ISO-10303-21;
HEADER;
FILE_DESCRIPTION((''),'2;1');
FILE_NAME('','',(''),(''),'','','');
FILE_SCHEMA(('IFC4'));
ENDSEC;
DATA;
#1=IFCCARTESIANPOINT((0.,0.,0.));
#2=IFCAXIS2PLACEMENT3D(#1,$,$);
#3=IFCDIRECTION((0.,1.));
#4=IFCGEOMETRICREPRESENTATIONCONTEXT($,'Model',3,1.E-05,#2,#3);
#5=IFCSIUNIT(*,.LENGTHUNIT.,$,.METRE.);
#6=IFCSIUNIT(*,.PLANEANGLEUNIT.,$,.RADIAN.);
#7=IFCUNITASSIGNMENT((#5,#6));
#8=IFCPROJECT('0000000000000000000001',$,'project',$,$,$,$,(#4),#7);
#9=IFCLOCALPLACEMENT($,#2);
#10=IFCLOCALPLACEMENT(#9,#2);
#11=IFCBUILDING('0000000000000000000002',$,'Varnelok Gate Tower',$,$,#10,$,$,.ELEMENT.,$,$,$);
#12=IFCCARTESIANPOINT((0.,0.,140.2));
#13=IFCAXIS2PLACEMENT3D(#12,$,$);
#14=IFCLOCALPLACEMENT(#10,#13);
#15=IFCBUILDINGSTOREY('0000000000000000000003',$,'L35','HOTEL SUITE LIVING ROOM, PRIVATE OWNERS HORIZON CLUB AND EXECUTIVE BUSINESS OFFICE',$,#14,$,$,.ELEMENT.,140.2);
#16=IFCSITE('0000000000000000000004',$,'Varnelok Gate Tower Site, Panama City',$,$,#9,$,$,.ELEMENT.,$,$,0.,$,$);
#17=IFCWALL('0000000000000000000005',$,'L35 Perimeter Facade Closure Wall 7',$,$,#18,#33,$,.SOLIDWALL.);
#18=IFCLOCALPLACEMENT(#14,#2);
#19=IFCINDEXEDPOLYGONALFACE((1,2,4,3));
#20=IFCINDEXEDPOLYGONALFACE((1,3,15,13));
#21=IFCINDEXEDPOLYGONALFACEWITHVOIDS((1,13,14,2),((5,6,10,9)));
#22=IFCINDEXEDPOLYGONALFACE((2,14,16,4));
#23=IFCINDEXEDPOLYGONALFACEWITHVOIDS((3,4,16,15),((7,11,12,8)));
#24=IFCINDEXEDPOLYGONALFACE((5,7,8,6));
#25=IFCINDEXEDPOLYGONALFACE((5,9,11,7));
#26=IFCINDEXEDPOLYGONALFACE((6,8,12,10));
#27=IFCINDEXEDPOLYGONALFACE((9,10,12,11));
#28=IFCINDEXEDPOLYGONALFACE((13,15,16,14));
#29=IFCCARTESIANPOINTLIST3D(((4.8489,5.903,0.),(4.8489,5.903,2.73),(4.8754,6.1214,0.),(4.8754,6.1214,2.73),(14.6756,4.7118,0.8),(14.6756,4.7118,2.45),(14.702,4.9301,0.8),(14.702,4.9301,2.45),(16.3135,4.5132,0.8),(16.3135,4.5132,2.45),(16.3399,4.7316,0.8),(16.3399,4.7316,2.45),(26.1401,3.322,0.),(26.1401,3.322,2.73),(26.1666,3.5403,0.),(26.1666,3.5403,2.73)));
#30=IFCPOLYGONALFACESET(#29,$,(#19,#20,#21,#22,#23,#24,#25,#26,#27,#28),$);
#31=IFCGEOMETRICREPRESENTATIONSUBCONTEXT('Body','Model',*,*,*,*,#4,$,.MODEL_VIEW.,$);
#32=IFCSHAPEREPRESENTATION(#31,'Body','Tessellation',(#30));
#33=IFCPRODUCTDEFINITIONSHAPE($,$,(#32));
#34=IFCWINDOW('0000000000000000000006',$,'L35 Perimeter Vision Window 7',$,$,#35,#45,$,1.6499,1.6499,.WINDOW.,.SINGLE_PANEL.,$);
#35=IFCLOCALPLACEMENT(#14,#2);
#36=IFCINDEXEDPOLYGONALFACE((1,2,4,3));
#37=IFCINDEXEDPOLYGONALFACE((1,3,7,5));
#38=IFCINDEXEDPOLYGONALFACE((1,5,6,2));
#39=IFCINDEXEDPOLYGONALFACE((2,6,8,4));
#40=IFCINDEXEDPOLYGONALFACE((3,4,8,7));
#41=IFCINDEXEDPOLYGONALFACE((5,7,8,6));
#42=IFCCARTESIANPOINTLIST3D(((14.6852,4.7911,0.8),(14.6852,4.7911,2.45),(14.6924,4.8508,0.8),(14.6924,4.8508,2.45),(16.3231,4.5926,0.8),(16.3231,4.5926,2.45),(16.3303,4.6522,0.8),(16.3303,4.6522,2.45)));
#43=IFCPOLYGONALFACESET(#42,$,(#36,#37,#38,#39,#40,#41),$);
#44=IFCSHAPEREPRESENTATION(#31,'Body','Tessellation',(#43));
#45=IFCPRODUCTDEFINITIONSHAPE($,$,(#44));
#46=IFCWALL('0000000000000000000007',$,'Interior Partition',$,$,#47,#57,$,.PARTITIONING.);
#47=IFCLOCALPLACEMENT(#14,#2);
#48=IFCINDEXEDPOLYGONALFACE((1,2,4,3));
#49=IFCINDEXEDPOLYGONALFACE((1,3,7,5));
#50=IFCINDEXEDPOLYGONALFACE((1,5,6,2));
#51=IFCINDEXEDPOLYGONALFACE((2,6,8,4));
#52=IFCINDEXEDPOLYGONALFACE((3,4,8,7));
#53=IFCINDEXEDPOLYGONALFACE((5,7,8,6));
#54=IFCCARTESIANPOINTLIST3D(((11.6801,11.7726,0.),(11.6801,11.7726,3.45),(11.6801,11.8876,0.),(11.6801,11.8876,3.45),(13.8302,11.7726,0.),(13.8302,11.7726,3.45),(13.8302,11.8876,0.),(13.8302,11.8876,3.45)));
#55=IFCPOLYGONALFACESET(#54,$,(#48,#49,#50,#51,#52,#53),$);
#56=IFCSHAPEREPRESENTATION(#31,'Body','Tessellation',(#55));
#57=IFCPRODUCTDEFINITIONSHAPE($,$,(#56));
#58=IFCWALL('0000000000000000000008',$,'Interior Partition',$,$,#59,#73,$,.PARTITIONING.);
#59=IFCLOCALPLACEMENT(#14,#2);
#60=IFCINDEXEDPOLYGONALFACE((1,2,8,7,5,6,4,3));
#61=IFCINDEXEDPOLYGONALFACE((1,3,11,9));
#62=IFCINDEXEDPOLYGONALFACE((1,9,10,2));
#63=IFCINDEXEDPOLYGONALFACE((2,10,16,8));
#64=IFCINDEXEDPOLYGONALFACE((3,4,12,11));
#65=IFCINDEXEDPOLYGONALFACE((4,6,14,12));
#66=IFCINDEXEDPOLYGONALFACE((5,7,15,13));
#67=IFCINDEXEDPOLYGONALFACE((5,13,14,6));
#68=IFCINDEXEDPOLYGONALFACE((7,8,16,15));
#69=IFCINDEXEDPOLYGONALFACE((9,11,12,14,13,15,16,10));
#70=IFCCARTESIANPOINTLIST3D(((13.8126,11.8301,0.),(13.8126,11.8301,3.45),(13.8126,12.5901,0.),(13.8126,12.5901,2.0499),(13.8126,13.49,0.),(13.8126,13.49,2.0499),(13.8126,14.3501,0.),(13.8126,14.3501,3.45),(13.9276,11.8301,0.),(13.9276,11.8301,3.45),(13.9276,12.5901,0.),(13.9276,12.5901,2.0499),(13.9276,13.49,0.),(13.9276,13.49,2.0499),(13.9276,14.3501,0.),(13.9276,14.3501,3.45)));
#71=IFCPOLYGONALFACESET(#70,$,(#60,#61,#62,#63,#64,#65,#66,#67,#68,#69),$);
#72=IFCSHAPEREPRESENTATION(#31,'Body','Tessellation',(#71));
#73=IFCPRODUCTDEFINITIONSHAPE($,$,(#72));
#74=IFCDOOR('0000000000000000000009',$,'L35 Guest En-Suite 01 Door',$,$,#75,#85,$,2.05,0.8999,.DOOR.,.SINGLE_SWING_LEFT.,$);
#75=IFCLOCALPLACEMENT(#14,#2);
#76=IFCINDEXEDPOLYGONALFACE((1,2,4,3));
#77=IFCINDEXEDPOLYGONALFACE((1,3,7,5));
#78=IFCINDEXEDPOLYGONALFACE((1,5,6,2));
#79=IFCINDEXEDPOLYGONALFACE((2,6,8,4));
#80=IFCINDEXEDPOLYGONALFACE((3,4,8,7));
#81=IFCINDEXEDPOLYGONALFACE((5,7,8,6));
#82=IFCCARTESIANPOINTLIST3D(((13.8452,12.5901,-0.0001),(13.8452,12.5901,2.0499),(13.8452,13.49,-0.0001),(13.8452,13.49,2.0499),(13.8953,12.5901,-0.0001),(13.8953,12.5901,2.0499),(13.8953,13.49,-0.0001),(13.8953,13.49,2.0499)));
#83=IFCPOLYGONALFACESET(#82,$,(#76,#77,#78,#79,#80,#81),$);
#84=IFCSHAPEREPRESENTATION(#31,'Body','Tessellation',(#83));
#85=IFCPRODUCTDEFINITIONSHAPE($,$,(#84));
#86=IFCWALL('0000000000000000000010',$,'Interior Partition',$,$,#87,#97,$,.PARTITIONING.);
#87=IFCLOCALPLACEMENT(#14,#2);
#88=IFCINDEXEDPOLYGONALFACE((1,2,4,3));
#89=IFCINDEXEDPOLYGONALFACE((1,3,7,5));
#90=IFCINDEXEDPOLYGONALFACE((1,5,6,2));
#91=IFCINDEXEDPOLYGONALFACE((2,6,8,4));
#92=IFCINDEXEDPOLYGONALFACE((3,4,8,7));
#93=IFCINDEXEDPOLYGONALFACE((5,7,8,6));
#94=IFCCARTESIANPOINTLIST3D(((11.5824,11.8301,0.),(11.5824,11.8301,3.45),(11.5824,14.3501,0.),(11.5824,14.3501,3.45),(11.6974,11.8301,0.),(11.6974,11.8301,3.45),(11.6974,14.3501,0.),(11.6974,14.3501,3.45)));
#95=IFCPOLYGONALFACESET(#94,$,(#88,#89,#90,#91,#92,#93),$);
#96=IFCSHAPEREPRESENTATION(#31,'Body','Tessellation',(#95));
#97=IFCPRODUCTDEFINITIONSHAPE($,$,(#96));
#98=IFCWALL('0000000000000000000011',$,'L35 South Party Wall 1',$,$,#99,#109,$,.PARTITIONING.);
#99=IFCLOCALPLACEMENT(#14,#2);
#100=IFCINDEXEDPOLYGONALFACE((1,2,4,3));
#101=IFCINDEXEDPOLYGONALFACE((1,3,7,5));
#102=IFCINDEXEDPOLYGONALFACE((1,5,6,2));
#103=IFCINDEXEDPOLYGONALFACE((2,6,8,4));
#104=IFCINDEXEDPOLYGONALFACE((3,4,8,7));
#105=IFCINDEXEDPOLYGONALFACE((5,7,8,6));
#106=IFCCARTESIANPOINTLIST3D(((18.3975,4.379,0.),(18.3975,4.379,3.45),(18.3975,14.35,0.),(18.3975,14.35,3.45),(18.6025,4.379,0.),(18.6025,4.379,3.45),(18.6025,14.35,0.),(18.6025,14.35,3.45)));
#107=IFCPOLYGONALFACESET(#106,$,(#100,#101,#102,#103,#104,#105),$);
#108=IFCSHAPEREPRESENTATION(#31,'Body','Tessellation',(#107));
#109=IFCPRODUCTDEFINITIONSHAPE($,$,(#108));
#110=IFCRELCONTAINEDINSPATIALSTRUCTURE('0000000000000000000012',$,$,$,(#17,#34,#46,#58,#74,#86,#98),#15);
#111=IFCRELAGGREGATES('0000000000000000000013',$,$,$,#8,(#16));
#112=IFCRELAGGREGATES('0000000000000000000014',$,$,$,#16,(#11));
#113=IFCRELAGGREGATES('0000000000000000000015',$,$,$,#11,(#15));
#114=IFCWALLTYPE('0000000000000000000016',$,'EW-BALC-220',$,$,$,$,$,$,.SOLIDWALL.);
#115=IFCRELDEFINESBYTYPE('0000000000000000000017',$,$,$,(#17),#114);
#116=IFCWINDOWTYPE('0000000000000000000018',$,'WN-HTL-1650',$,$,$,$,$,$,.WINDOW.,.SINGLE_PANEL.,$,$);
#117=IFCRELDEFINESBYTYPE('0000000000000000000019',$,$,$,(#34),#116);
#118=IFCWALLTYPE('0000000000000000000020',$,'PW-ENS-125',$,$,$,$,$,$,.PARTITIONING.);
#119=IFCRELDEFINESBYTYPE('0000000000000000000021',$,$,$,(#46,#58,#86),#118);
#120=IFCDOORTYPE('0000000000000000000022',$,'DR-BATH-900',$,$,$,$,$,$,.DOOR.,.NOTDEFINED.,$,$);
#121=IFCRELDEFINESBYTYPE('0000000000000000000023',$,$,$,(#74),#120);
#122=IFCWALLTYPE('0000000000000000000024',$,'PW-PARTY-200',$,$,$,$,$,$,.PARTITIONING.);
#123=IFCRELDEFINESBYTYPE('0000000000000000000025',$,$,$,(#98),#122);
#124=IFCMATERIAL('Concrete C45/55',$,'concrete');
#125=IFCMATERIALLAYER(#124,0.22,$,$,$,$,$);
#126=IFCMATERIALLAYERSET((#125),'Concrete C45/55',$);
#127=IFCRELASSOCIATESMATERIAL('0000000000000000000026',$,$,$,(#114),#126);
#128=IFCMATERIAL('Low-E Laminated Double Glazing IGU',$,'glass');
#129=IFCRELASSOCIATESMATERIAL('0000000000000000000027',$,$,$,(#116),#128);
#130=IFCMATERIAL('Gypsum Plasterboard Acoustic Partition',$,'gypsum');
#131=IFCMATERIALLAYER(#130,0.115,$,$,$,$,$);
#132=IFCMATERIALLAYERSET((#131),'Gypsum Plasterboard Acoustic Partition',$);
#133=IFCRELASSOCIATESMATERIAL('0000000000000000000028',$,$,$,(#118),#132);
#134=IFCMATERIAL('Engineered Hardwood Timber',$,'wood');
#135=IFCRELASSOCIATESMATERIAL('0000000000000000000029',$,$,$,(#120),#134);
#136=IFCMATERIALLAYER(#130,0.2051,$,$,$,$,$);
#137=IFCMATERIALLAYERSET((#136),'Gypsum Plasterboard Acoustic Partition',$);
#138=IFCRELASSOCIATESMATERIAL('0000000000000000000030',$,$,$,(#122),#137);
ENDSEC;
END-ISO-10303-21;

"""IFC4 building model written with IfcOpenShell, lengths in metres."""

from ifc_helpers import new_model, si_unit, direction, frame, frame_2d, origin, place, context, subcontext, project, spatial, rectangle, extrude, material, layer, layer_set, type_object, element, fill, save


model = new_model("IFC4")

# Units and contexts
model_context = context("Model", 3, precision=1e-05, world=origin(), true_north=direction((0.0, 1.0)))
body_context = subcontext(model_context, "Body", "Model", "MODEL_VIEW")
ifc_project = project(units=[si_unit("LENGTHUNIT", "METRE"), si_unit("PLANEANGLEUNIT", "RADIAN")], contexts=[model_context])

# Site, building, storey
site_placement = place(None, origin())
site = spatial("IfcSite", under=ifc_project, at=site_placement, Name="Varnelok Gate Tower Site, Panama City", CompositionType="ELEMENT", RefElevation=0.0)
building_placement = place(site_placement, origin())
building = spatial("IfcBuilding", under=site, at=building_placement, Name="Varnelok Gate Tower", CompositionType="ELEMENT")
storey_placement = place(building_placement, frame((0.0, 0.0, 140.2)))
storey = spatial("IfcBuildingStorey", under=building, at=storey_placement, Name="L35", Description="HOTEL SUITE LIVING ROOM, PRIVATE OWNERS HORIZON CLUB AND EXECUTIVE BUSINESS OFFICE", CompositionType="ELEMENT", Elevation=140.2)

# Shared definitions
ifc_material_1 = material(Name="Concrete C45/55", Category="concrete")

# Shared definitions
ifc_layer_1 = layer(ifc_material_1, 0.22)
ifc_layer_set_1 = layer_set([ifc_layer_1], Name="Concrete C45/55")
wall_type_1 = type_object("IfcWallType", Name="EW-BALC-220", PredefinedType="SOLIDWALL", material=ifc_layer_set_1)

# Wall, opening, window
wall_1_placement = place(storey_placement, frame((4.8621, 6.0122, 0.0), z_axis=(0.0, 0.0, 1.0), x_axis=(0.992732, -0.120345, 0.0)))
wall_1 = element("IfcWall", 1, at=wall_1_placement, inside=storey, type_object=wall_type_1, Name="L35 Perimeter Facade Closure Wall 7", PredefinedType="SOLIDWALL", context=body_context, shape_type="SweptSolid", body=[
    extrude(rectangle(XDim=21.447, YDim=0.22, at=frame_2d((10.7236, 0.0))), origin(), (0.0, 0.0, 1.0), 2.73),
])
opening_1_placement = place(wall_1_placement, frame((9.8987, 0.0, 0.8)))
opening_1 = element("IfcOpeningElement", 2, at=opening_1_placement, cuts=wall_1, PredefinedType="OPENING", context=body_context, shape_type="SweptSolid", body=[
    extrude(rectangle(XDim=1.6499, YDim=1.6499, at=frame_2d((0.825, 0.825))), frame((0.0, 0.1199, 0.0), z_axis=(0.0, -1.0, 0.0), x_axis=(1.0, 0.0, 0.0)), (0.0, 0.0, 1.0), 0.24),
])
ifc_material_2 = material(Name="Low-E Laminated Double Glazing IGU", Category="glass")
window_type = type_object("IfcWindowType", Name="WN-HTL-1650", PartitioningType="SINGLE_PANEL", PredefinedType="WINDOW", material=ifc_material_2)
window_placement = place(opening_1_placement, origin())
window = element("IfcWindow", 3, at=window_placement, inside=storey, type_object=window_type, Name="L35 Perimeter Vision Window 7", OverallHeight=1.6499, OverallWidth=1.6499, PartitioningType="SINGLE_PANEL", PredefinedType="WINDOW", context=body_context, shape_type="SweptSolid", body=[
    extrude(rectangle(XDim=1.6499, YDim=1.6499, at=frame_2d((0.825, 0.825))), frame((0.0, 0.03, 0.0), z_axis=(0.0, -1.0, 0.0), x_axis=(1.0, 0.0, 0.0)), (0.0, 0.0, 1.0), 0.0601),
])
fill(opening_1, window)

# Wall
ifc_material_3 = material(Name="Gypsum Plasterboard Acoustic Partition", Category="gypsum")
ifc_layer_2 = layer(ifc_material_3, 0.115)
ifc_layer_set_2 = layer_set([ifc_layer_2], Name="Gypsum Plasterboard Acoustic Partition")
wall_type_2 = type_object("IfcWallType", Name="PW-ENS-125", PredefinedType="PARTITIONING", material=ifc_layer_set_2)
wall_2_placement = place(storey_placement, frame((11.6799, 11.8301, 0.0), z_axis=(0.0, 0.0, 1.0), x_axis=(1.0, 0.0, 0.0)))
element("IfcWall", 4, at=wall_2_placement, inside=storey, type_object=wall_type_2, Name="Interior Partition", PredefinedType="PARTITIONING", context=body_context, shape_type="SweptSolid", body=[
    extrude(rectangle(XDim=2.1501, YDim=0.115, at=frame_2d((1.0752, 0.0))), origin(), (0.0, 0.0, 1.0), 3.45),
])

# Wall, opening, door
wall_3_placement = place(storey_placement, frame((13.8701, 11.8301, 0.0), z_axis=(0.0, 0.0, 1.0), x_axis=(0.0, 1.0, 0.0)))
wall_3 = element("IfcWall", 5, at=wall_3_placement, inside=storey, type_object=wall_type_2, Name="Interior Partition", PredefinedType="PARTITIONING", context=body_context, shape_type="SweptSolid", body=[
    extrude(rectangle(XDim=2.52, YDim=0.115, at=frame_2d((1.26, 0.0))), origin(), (0.0, 0.0, 1.0), 3.45),
])
opening_2_placement = place(wall_3_placement, frame((0.76, 0.0, 0.0)))
opening_2 = element("IfcOpeningElement", 6, at=opening_2_placement, cuts=wall_3, PredefinedType="OPENING", context=body_context, shape_type="SweptSolid", body=[
    extrude(rectangle(XDim=0.8999, YDim=2.05, at=frame_2d((0.45, 1.0249))), frame((0.0, 0.0674, 0.0), z_axis=(0.0, -1.0, 0.0), x_axis=(1.0, 0.0, 0.0)), (0.0, 0.0, 1.0), 0.135),
])
ifc_material_4 = material(Name="Engineered Hardwood Timber", Category="wood")
door_type = type_object("IfcDoorType", Name="DR-BATH-900", OperationType="NOTDEFINED", PredefinedType="DOOR", material=ifc_material_4)
door_placement = place(opening_2_placement, origin())
door = element("IfcDoor", 7, at=door_placement, inside=storey, type_object=door_type, Name="L35 Guest En-Suite 01 Door", OperationType="SINGLE_SWING_LEFT", OverallHeight=2.05, OverallWidth=0.8999, PredefinedType="DOOR", context=body_context, shape_type="SweptSolid", body=[
    extrude(rectangle(XDim=0.8999, YDim=2.05, at=frame_2d((0.45, 1.0249))), frame((0.0, 0.0249, 0.0), z_axis=(0.0, -1.0, 0.0), x_axis=(1.0, 0.0, 0.0)), (0.0, 0.0, 1.0), 0.05),
])
fill(opening_2, door)

# Walls
wall_4_placement = place(storey_placement, frame((11.6399, 11.8301, 0.0), z_axis=(0.0, 0.0, 1.0), x_axis=(0.0, 1.0, 0.0)))
element("IfcWall", 8, at=wall_4_placement, inside=storey, type_object=wall_type_2, Name="Interior Partition", PredefinedType="PARTITIONING", context=body_context, shape_type="SweptSolid", body=[
    extrude(rectangle(XDim=2.52, YDim=0.115, at=frame_2d((1.26, 0.0))), origin(), (0.0, 0.0, 1.0), 3.45),
])
ifc_layer_3 = layer(ifc_material_3, 0.2051)
ifc_layer_set_3 = layer_set([ifc_layer_3], Name="Gypsum Plasterboard Acoustic Partition")
wall_type_3 = type_object("IfcWallType", Name="PW-PARTY-200", PredefinedType="PARTITIONING", material=ifc_layer_set_3)
wall_5_placement = place(storey_placement, frame((18.5, 4.3792, 0.0), z_axis=(0.0, 0.0, 1.0), x_axis=(0.0, 1.0, 0.0)))
element("IfcWall", 9, at=wall_5_placement, inside=storey, type_object=wall_type_3, Name="L35 South Party Wall 1", PredefinedType="PARTITIONING", context=body_context, shape_type="SweptSolid", body=[
    extrude(rectangle(XDim=9.9709, YDim=0.2051, at=frame_2d((4.9854, 0.0))), origin(), (0.0, 0.0, 1.0), 3.45),
])

save(model, "model.ifc")
